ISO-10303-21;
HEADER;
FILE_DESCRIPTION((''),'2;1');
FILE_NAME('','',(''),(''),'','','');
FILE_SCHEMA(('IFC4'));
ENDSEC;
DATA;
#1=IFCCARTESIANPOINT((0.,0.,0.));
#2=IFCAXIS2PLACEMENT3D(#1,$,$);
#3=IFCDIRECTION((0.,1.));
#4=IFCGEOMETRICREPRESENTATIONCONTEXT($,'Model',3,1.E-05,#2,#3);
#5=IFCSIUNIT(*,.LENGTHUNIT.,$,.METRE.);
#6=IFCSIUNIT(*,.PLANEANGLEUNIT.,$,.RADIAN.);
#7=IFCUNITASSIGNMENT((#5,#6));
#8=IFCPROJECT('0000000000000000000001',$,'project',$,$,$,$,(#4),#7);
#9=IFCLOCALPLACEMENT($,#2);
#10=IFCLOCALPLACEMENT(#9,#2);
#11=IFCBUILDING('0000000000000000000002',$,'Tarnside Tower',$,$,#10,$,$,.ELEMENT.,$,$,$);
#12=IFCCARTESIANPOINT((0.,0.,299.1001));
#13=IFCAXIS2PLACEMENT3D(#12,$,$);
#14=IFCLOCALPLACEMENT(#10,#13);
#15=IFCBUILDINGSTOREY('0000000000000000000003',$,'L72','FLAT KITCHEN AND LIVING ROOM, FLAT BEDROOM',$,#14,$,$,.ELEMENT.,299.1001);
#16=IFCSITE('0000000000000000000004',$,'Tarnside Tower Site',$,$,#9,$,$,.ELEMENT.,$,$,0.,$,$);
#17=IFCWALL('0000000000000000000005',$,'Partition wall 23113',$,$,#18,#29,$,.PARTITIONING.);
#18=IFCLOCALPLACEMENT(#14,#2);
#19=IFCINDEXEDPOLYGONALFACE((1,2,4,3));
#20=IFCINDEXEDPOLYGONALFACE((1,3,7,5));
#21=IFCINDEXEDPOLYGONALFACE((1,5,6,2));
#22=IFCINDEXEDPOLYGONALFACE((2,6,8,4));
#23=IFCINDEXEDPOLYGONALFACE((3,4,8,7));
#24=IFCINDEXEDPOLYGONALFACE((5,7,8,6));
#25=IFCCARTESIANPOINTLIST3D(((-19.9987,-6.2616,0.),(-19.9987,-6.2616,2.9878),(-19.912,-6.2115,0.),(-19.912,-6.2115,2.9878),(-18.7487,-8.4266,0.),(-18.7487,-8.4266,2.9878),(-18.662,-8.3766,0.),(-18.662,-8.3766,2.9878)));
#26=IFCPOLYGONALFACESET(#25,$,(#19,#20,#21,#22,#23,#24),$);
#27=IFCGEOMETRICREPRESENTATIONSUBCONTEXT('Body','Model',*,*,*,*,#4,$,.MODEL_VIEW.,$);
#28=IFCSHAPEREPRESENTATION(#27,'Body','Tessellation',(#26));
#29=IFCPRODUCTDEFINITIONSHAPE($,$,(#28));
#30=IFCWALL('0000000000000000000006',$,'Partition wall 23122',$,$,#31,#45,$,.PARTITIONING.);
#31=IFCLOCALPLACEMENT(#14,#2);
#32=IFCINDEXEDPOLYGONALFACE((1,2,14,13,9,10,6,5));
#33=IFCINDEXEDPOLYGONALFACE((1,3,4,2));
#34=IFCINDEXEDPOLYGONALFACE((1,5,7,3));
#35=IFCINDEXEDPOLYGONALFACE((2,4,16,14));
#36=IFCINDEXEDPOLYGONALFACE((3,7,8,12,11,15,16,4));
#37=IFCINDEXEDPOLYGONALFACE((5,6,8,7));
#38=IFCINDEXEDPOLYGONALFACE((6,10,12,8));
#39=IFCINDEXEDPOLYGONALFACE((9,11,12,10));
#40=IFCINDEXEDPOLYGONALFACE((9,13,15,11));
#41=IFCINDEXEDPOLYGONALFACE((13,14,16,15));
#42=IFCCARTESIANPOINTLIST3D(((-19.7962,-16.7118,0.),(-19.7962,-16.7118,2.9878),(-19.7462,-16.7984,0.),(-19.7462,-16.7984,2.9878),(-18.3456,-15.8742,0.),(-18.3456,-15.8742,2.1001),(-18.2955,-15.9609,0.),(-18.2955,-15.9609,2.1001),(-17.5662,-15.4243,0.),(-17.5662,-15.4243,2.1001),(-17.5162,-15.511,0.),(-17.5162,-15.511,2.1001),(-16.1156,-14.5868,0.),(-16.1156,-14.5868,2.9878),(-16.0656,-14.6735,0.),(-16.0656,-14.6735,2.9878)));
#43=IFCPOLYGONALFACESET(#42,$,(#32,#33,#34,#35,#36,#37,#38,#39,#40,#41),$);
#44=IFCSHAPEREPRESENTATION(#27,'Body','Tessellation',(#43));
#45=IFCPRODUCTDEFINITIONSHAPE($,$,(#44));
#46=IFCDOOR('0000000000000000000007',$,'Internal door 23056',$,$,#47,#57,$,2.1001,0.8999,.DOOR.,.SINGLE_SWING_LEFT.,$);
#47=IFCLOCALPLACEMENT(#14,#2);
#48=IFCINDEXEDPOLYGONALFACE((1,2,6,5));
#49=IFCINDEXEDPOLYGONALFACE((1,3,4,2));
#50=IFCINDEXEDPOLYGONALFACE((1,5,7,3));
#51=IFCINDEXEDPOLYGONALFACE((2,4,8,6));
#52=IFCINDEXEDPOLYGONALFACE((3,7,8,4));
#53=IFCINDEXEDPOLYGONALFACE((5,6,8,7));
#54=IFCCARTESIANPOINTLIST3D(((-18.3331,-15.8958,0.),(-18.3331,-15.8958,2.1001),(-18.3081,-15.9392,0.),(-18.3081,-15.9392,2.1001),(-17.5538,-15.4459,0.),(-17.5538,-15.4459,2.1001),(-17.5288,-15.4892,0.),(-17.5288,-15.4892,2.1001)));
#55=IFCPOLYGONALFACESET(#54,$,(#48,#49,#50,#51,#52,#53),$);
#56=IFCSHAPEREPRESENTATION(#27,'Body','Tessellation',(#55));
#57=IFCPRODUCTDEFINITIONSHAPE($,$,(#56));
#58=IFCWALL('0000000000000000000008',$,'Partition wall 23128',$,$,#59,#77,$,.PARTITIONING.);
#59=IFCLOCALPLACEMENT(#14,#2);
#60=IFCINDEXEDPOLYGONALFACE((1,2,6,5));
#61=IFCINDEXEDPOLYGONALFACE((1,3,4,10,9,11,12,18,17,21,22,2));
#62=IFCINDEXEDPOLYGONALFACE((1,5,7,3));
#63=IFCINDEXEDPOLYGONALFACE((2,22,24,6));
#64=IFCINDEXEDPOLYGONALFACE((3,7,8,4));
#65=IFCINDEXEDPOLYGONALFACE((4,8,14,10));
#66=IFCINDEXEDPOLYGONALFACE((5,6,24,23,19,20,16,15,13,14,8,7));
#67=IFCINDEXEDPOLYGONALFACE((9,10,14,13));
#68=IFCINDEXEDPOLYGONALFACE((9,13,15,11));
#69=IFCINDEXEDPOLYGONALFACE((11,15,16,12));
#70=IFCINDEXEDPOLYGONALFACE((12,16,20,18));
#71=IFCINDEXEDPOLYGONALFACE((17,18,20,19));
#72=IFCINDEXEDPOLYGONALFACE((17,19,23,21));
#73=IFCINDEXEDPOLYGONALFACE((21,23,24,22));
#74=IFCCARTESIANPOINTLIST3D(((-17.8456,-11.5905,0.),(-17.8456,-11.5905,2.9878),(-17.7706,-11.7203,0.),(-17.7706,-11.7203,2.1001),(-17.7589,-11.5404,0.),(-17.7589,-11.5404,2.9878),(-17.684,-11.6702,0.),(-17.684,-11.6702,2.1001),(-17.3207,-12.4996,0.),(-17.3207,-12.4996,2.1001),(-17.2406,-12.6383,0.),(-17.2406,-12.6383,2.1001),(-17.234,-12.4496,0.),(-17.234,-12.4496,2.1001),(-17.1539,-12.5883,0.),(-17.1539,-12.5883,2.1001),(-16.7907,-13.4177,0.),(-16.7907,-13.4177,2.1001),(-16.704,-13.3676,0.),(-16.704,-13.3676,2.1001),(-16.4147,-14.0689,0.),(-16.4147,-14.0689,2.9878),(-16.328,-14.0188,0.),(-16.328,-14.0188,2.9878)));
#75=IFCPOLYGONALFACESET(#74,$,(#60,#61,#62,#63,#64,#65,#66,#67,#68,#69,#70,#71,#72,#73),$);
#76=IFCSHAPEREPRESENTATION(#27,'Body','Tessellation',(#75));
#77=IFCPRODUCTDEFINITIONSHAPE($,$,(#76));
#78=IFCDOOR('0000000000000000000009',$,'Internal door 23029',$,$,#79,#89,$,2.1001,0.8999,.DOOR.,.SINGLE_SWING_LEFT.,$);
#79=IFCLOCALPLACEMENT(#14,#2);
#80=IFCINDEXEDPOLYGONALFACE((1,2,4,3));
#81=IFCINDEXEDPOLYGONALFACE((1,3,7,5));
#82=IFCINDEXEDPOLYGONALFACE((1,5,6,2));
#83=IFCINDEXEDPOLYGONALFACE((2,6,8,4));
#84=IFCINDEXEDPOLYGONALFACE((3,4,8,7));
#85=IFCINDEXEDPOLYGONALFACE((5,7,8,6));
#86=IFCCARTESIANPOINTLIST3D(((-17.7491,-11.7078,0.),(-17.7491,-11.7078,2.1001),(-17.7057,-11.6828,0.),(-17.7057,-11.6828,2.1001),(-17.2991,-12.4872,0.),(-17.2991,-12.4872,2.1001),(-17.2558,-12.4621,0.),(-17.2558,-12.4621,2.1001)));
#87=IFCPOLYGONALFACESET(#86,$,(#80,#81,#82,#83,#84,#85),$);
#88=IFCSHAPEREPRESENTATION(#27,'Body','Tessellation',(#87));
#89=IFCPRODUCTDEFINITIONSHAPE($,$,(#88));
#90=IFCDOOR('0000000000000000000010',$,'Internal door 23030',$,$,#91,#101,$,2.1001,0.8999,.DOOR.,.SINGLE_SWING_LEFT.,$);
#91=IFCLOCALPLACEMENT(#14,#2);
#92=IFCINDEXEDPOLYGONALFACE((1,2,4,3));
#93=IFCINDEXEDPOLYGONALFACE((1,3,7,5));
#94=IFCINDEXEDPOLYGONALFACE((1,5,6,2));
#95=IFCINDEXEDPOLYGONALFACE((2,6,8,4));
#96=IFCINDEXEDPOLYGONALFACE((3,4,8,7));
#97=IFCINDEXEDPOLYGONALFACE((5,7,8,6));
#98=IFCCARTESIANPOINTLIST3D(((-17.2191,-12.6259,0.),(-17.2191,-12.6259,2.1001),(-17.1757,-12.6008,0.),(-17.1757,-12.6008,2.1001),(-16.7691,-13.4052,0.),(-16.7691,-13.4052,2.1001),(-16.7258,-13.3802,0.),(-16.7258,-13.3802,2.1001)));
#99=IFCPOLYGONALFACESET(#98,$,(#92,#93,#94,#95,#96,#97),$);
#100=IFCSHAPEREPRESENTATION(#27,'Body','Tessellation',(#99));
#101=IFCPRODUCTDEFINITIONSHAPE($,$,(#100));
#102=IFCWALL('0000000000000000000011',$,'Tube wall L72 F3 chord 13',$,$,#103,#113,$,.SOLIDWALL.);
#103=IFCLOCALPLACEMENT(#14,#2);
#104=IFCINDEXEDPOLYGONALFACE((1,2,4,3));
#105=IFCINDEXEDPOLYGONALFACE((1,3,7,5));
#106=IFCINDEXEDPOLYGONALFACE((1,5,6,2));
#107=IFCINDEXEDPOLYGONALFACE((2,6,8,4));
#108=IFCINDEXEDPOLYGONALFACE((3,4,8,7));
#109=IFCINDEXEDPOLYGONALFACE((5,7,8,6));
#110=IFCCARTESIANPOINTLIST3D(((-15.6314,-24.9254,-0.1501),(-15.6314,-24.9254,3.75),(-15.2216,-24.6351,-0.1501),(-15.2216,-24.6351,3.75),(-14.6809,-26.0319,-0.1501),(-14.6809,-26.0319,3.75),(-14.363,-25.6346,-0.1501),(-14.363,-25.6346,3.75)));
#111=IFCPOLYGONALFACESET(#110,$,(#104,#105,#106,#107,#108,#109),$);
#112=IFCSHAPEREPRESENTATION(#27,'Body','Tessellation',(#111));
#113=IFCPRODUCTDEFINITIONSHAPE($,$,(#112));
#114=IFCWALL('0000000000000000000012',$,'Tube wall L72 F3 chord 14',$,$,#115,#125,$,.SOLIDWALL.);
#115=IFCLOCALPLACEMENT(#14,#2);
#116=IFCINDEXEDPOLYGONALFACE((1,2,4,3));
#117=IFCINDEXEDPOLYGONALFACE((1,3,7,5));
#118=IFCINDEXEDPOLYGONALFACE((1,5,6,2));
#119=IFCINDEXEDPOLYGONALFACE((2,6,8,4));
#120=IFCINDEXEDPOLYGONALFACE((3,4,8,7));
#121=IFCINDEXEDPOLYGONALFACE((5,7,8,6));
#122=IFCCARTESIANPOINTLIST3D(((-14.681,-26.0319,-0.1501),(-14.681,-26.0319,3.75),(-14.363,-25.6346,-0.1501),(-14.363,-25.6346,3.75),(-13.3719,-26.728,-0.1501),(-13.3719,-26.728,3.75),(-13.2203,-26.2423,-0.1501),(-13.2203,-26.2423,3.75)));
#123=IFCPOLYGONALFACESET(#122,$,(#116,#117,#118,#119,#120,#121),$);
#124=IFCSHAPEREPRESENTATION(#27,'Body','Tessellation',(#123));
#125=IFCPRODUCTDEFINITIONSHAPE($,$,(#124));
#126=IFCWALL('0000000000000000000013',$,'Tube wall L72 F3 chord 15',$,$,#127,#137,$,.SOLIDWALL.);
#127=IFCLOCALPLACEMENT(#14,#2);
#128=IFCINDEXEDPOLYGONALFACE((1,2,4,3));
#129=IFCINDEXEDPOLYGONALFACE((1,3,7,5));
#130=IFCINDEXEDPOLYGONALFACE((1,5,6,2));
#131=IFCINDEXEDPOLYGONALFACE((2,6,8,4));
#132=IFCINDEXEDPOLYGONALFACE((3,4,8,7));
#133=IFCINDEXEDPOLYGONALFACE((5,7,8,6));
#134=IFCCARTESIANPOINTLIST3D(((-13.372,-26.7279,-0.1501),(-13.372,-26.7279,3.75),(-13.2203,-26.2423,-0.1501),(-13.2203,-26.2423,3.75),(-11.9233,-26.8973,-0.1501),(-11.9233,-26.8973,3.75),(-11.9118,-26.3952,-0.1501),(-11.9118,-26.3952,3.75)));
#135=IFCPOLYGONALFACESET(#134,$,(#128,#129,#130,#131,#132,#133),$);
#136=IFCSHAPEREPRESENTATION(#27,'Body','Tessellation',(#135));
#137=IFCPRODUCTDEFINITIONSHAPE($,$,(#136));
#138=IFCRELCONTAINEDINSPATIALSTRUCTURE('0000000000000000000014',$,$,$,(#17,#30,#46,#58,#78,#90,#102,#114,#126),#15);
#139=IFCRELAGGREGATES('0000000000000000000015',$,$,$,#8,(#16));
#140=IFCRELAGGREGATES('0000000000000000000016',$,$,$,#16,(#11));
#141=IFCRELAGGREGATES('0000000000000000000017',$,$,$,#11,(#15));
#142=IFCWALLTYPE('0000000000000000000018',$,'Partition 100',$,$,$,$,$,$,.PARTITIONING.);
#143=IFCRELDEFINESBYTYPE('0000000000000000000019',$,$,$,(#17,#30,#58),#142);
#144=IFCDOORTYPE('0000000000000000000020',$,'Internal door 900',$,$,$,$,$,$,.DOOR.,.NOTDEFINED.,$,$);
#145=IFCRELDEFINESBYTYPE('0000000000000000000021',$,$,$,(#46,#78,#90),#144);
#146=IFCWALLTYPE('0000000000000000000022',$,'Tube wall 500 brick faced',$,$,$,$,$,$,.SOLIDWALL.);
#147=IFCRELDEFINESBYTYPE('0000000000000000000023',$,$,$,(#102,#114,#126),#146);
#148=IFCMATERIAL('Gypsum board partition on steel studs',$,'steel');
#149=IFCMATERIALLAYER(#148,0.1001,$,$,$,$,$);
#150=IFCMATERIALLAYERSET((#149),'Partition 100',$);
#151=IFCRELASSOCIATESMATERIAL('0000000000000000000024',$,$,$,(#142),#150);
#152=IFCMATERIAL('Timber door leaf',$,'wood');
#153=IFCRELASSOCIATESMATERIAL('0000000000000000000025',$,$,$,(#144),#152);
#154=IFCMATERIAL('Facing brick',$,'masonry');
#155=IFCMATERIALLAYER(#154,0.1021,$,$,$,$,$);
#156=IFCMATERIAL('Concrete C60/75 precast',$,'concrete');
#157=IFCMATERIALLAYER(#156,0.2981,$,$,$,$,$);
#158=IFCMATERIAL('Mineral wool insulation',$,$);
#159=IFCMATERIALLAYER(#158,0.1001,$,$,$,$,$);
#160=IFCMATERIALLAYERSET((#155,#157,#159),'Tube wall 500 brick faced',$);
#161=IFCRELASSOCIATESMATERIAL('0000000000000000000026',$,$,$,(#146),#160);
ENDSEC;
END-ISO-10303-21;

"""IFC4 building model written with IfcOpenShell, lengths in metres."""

from ifc_helpers import new_model, si_unit, direction, frame, frame_2d, origin, place, context, subcontext, project, spatial, polyline, rectangle, outline, extrude, material, layer, layer_set, type_object, element, fill, save


model = new_model("IFC4")

# Units and contexts
model_context = context("Model", 3, precision=1e-05, world=origin(), true_north=direction((0.0, 1.0)))
body_context = subcontext(model_context, "Body", "Model", "MODEL_VIEW")
ifc_project = project(units=[si_unit("LENGTHUNIT", "METRE"), si_unit("PLANEANGLEUNIT", "RADIAN")], contexts=[model_context])

# Site, building, storey
site_placement = place(None, origin())
site = spatial("IfcSite", under=ifc_project, at=site_placement, Name="Tarnside Tower Site", CompositionType="ELEMENT", RefElevation=0.0)
building_placement = place(site_placement, origin())
building = spatial("IfcBuilding", under=site, at=building_placement, Name="Tarnside Tower", CompositionType="ELEMENT")
storey_placement = place(building_placement, frame((0.0, 0.0, 299.1001)))
storey = spatial("IfcBuildingStorey", under=building, at=storey_placement, Name="L72", Description="FLAT KITCHEN AND LIVING ROOM, FLAT BEDROOM", CompositionType="ELEMENT", Elevation=299.1001)

# Shared definitions
ifc_material_1 = material(Name="Gypsum board partition on steel studs", Category="steel")

# Shared definitions
ifc_material_2 = material(Name="Timber door leaf", Category="wood")

# Wall
ifc_layer_1 = layer(ifc_material_1, 0.1001)
ifc_layer_set_1 = layer_set([ifc_layer_1], Name="Partition 100")
wall_type_1 = type_object("IfcWallType", Name="Partition 100", PredefinedType="PARTITIONING", material=ifc_layer_set_1)
wall_1_placement = place(storey_placement, frame((-18.7053, -8.4016, 0.0), z_axis=(0.0, 0.0, 1.0), x_axis=(-0.500004, 0.866023, 0.0)))
element("IfcWall", 1, at=wall_1_placement, inside=storey, type_object=wall_type_1, Name="Partition wall 23113", PredefinedType="PARTITIONING", context=body_context, shape_type="SweptSolid", body=[
    extrude(rectangle(XDim=2.5, YDim=0.1001, at=frame_2d((1.25, 0.0))), origin(), (0.0, 0.0, 1.0), 2.9878),
])

# Wall, opening, door
wall_2_placement = place(storey_placement, frame((-16.0906, -14.6301, 0.0), z_axis=(0.0, 0.0, 1.0), x_axis=(-0.866029, -0.499994, 0.0)))
wall_2 = element("IfcWall", 2, at=wall_2_placement, inside=storey, type_object=wall_type_1, Name="Partition wall 23122", PredefinedType="PARTITIONING", context=body_context, shape_type="SweptSolid", body=[
    extrude(rectangle(XDim=4.25, YDim=0.1001, at=frame_2d((2.125, 0.0))), origin(), (0.0, 0.0, 1.0), 2.9878),
])
opening_1_placement = place(wall_2_placement, frame((1.675, 0.0, 0.0)))
opening_1 = element("IfcOpeningElement", 3, at=opening_1_placement, cuts=wall_2, PredefinedType="OPENING", context=body_context, shape_type="SweptSolid", body=[
    extrude(rectangle(XDim=0.8999, YDim=2.1001, at=frame_2d((0.45, 1.05))), frame((0.0, 0.0601, 0.0), z_axis=(0.0, -1.0, 0.0), x_axis=(1.0, 0.0, 0.0)), (0.0, 0.0, 1.0), 0.1201),
])
door_type_1 = type_object("IfcDoorType", Name="Internal door 900", OperationType="NOTDEFINED", PredefinedType="DOOR", material=ifc_material_2)
door_1_placement = place(opening_1_placement, origin())
door_1 = element("IfcDoor", 4, at=door_1_placement, inside=storey, type_object=door_type_1, Name="Internal door 23056", OperationType="SINGLE_SWING_LEFT", OverallHeight=2.1001, OverallWidth=0.8999, PredefinedType="DOOR", context=body_context, shape_type="SweptSolid", body=[
    extrude(rectangle(XDim=0.8999, YDim=2.1001, at=frame_2d((0.45, 1.05))), frame((0.0, 0.0249, 0.0), z_axis=(0.0, -1.0, 0.0), x_axis=(1.0, 0.0, 0.0)), (0.0, 0.0, 1.0), 0.05),
])
fill(opening_1, door_1)

# Wall, openings, doors
wall_3_placement = place(storey_placement, frame((-17.8022, -11.5654, 0.0), z_axis=(0.0, 0.0, 1.0), x_axis=(0.499983, -0.866035, 0.0)))
wall_3 = element("IfcWall", 5, at=wall_3_placement, inside=storey, type_object=wall_type_1, Name="Partition wall 23128", PredefinedType="PARTITIONING", context=body_context, shape_type="SweptSolid", body=[
    extrude(rectangle(XDim=2.8618, YDim=0.1001, at=frame_2d((1.4309, 0.0))), origin(), (0.0, 0.0, 1.0), 2.9878),
])
opening_2_placement = place(wall_3_placement, frame((0.1499, 0.0, 0.0)))
opening_2 = element("IfcOpeningElement", 6, at=opening_2_placement, cuts=wall_3, PredefinedType="OPENING", context=body_context, shape_type="SweptSolid", body=[
    extrude(rectangle(XDim=0.8999, YDim=2.1001, at=frame_2d((0.45, 1.05))), frame((0.0, 0.0601, 0.0), z_axis=(0.0, -1.0, 0.0), x_axis=(1.0, 0.0, 0.0)), (0.0, 0.0, 1.0), 0.1201),
])
opening_3_placement = place(wall_3_placement, frame((1.21, 0.0, 0.0)))
opening_3 = element("IfcOpeningElement", 7, at=opening_3_placement, cuts=wall_3, PredefinedType="OPENING", context=body_context, shape_type="SweptSolid", body=[
    extrude(rectangle(XDim=0.8999, YDim=2.1001, at=frame_2d((0.45, 1.05))), frame((0.0, 0.0601, 0.0), z_axis=(0.0, -1.0, 0.0), x_axis=(1.0, 0.0, 0.0)), (0.0, 0.0, 1.0), 0.1201),
])
door_2_placement = place(opening_2_placement, origin())
door_2 = element("IfcDoor", 8, at=door_2_placement, inside=storey, type_object=door_type_1, Name="Internal door 23029", OperationType="SINGLE_SWING_LEFT", OverallHeight=2.1001, OverallWidth=0.8999, PredefinedType="DOOR", context=body_context, shape_type="SweptSolid", body=[
    extrude(rectangle(XDim=0.8999, YDim=2.1001, at=frame_2d((0.45, 1.05))), frame((0.0, 0.0249, 0.0), z_axis=(0.0, -1.0, 0.0), x_axis=(1.0, 0.0, 0.0)), (0.0, 0.0, 1.0), 0.05),
])
fill(opening_2, door_2)
door_3_placement = place(opening_3_placement, origin())
door_3 = element("IfcDoor", 9, at=door_3_placement, inside=storey, type_object=door_type_1, Name="Internal door 23030", OperationType="SINGLE_SWING_LEFT", OverallHeight=2.1001, OverallWidth=0.8999, PredefinedType="DOOR", context=body_context, shape_type="SweptSolid", body=[
    extrude(rectangle(XDim=0.8999, YDim=2.1001, at=frame_2d((0.45, 1.05))), frame((0.0, 0.0249, 0.0), z_axis=(0.0, -1.0, 0.0), x_axis=(1.0, 0.0, 0.0)), (0.0, 0.0, 1.0), 0.05),
])
fill(opening_3, door_3)

# Walls
ifc_material_3 = material(Name="Facing brick", Category="masonry")
ifc_layer_2 = layer(ifc_material_3, 0.1021)
ifc_material_4 = material(Name="Concrete C60/75 precast", Category="concrete")
ifc_layer_3 = layer(ifc_material_4, 0.2981)
ifc_material_5 = material(Name="Mineral wool insulation")
ifc_layer_4 = layer(ifc_material_5, 0.1001)
ifc_layer_set_2 = layer_set([ifc_layer_2, ifc_layer_3, ifc_layer_4], Name="Tube wall 500 brick faced")
wall_type_2 = type_object("IfcWallType", Name="Tube wall 500 brick faced", PredefinedType="SOLIDWALL", material=ifc_layer_set_2)
wall_4_placement = place(storey_placement, frame((-15.4265, -24.7803, -0.1501), z_axis=(0.0, 0.0, 1.0), x_axis=(0.651617, -0.758549, 0.0)))
element("IfcWall", 10, at=wall_4_placement, inside=storey, type_object=wall_type_2, Name="Tube wall L72 F3 chord 13", PredefinedType="SOLIDWALL", context=body_context, shape_type="SweptSolid", body=[
    extrude(outline(polyline([(-0.0234, -0.25), (1.4353, -0.25), (1.3411, 0.25), (0.0234, 0.25), (-0.0234, -0.25)])), origin(), (0.0, 0.0, 1.0), 3.9001),
])
wall_5_placement = place(storey_placement, frame((-14.522, -25.8333, -0.1501), z_axis=(0.0, 0.0, 1.0), x_axis=(0.882927, -0.469511, 0.0)))
element("IfcWall", 11, at=wall_5_placement, inside=storey, type_object=wall_type_2, Name="Tube wall L72 F3 chord 14", PredefinedType="SOLIDWALL", context=body_context, shape_type="SweptSolid", body=[
    extrude(outline(polyline([(-0.0471, -0.25), (1.4355, -0.25), (1.3413, 0.25), (0.0471, 0.25), (-0.0471, -0.25)])), origin(), (0.0, 0.0, 1.0), 3.9001),
])
wall_6_placement = place(storey_placement, frame((-13.2961, -26.4851, -0.1501), z_axis=(0.0, 0.0, 1.0), x_axis=(0.993239, -0.116086, 0.0)))
element("IfcWall", 12, at=wall_6_placement, inside=storey, type_object=wall_type_2, Name="Tube wall L72 F3 chord 15", PredefinedType="SOLIDWALL", context=body_context, shape_type="SweptSolid", body=[
    extrude(outline(polyline([(-0.0471, -0.25), (1.4114, -0.25), (1.3645, 0.25), (0.0471, 0.25), (-0.0471, -0.25)])), origin(), (0.0, 0.0, 1.0), 3.9001),
])

save(model, "model.ifc")
